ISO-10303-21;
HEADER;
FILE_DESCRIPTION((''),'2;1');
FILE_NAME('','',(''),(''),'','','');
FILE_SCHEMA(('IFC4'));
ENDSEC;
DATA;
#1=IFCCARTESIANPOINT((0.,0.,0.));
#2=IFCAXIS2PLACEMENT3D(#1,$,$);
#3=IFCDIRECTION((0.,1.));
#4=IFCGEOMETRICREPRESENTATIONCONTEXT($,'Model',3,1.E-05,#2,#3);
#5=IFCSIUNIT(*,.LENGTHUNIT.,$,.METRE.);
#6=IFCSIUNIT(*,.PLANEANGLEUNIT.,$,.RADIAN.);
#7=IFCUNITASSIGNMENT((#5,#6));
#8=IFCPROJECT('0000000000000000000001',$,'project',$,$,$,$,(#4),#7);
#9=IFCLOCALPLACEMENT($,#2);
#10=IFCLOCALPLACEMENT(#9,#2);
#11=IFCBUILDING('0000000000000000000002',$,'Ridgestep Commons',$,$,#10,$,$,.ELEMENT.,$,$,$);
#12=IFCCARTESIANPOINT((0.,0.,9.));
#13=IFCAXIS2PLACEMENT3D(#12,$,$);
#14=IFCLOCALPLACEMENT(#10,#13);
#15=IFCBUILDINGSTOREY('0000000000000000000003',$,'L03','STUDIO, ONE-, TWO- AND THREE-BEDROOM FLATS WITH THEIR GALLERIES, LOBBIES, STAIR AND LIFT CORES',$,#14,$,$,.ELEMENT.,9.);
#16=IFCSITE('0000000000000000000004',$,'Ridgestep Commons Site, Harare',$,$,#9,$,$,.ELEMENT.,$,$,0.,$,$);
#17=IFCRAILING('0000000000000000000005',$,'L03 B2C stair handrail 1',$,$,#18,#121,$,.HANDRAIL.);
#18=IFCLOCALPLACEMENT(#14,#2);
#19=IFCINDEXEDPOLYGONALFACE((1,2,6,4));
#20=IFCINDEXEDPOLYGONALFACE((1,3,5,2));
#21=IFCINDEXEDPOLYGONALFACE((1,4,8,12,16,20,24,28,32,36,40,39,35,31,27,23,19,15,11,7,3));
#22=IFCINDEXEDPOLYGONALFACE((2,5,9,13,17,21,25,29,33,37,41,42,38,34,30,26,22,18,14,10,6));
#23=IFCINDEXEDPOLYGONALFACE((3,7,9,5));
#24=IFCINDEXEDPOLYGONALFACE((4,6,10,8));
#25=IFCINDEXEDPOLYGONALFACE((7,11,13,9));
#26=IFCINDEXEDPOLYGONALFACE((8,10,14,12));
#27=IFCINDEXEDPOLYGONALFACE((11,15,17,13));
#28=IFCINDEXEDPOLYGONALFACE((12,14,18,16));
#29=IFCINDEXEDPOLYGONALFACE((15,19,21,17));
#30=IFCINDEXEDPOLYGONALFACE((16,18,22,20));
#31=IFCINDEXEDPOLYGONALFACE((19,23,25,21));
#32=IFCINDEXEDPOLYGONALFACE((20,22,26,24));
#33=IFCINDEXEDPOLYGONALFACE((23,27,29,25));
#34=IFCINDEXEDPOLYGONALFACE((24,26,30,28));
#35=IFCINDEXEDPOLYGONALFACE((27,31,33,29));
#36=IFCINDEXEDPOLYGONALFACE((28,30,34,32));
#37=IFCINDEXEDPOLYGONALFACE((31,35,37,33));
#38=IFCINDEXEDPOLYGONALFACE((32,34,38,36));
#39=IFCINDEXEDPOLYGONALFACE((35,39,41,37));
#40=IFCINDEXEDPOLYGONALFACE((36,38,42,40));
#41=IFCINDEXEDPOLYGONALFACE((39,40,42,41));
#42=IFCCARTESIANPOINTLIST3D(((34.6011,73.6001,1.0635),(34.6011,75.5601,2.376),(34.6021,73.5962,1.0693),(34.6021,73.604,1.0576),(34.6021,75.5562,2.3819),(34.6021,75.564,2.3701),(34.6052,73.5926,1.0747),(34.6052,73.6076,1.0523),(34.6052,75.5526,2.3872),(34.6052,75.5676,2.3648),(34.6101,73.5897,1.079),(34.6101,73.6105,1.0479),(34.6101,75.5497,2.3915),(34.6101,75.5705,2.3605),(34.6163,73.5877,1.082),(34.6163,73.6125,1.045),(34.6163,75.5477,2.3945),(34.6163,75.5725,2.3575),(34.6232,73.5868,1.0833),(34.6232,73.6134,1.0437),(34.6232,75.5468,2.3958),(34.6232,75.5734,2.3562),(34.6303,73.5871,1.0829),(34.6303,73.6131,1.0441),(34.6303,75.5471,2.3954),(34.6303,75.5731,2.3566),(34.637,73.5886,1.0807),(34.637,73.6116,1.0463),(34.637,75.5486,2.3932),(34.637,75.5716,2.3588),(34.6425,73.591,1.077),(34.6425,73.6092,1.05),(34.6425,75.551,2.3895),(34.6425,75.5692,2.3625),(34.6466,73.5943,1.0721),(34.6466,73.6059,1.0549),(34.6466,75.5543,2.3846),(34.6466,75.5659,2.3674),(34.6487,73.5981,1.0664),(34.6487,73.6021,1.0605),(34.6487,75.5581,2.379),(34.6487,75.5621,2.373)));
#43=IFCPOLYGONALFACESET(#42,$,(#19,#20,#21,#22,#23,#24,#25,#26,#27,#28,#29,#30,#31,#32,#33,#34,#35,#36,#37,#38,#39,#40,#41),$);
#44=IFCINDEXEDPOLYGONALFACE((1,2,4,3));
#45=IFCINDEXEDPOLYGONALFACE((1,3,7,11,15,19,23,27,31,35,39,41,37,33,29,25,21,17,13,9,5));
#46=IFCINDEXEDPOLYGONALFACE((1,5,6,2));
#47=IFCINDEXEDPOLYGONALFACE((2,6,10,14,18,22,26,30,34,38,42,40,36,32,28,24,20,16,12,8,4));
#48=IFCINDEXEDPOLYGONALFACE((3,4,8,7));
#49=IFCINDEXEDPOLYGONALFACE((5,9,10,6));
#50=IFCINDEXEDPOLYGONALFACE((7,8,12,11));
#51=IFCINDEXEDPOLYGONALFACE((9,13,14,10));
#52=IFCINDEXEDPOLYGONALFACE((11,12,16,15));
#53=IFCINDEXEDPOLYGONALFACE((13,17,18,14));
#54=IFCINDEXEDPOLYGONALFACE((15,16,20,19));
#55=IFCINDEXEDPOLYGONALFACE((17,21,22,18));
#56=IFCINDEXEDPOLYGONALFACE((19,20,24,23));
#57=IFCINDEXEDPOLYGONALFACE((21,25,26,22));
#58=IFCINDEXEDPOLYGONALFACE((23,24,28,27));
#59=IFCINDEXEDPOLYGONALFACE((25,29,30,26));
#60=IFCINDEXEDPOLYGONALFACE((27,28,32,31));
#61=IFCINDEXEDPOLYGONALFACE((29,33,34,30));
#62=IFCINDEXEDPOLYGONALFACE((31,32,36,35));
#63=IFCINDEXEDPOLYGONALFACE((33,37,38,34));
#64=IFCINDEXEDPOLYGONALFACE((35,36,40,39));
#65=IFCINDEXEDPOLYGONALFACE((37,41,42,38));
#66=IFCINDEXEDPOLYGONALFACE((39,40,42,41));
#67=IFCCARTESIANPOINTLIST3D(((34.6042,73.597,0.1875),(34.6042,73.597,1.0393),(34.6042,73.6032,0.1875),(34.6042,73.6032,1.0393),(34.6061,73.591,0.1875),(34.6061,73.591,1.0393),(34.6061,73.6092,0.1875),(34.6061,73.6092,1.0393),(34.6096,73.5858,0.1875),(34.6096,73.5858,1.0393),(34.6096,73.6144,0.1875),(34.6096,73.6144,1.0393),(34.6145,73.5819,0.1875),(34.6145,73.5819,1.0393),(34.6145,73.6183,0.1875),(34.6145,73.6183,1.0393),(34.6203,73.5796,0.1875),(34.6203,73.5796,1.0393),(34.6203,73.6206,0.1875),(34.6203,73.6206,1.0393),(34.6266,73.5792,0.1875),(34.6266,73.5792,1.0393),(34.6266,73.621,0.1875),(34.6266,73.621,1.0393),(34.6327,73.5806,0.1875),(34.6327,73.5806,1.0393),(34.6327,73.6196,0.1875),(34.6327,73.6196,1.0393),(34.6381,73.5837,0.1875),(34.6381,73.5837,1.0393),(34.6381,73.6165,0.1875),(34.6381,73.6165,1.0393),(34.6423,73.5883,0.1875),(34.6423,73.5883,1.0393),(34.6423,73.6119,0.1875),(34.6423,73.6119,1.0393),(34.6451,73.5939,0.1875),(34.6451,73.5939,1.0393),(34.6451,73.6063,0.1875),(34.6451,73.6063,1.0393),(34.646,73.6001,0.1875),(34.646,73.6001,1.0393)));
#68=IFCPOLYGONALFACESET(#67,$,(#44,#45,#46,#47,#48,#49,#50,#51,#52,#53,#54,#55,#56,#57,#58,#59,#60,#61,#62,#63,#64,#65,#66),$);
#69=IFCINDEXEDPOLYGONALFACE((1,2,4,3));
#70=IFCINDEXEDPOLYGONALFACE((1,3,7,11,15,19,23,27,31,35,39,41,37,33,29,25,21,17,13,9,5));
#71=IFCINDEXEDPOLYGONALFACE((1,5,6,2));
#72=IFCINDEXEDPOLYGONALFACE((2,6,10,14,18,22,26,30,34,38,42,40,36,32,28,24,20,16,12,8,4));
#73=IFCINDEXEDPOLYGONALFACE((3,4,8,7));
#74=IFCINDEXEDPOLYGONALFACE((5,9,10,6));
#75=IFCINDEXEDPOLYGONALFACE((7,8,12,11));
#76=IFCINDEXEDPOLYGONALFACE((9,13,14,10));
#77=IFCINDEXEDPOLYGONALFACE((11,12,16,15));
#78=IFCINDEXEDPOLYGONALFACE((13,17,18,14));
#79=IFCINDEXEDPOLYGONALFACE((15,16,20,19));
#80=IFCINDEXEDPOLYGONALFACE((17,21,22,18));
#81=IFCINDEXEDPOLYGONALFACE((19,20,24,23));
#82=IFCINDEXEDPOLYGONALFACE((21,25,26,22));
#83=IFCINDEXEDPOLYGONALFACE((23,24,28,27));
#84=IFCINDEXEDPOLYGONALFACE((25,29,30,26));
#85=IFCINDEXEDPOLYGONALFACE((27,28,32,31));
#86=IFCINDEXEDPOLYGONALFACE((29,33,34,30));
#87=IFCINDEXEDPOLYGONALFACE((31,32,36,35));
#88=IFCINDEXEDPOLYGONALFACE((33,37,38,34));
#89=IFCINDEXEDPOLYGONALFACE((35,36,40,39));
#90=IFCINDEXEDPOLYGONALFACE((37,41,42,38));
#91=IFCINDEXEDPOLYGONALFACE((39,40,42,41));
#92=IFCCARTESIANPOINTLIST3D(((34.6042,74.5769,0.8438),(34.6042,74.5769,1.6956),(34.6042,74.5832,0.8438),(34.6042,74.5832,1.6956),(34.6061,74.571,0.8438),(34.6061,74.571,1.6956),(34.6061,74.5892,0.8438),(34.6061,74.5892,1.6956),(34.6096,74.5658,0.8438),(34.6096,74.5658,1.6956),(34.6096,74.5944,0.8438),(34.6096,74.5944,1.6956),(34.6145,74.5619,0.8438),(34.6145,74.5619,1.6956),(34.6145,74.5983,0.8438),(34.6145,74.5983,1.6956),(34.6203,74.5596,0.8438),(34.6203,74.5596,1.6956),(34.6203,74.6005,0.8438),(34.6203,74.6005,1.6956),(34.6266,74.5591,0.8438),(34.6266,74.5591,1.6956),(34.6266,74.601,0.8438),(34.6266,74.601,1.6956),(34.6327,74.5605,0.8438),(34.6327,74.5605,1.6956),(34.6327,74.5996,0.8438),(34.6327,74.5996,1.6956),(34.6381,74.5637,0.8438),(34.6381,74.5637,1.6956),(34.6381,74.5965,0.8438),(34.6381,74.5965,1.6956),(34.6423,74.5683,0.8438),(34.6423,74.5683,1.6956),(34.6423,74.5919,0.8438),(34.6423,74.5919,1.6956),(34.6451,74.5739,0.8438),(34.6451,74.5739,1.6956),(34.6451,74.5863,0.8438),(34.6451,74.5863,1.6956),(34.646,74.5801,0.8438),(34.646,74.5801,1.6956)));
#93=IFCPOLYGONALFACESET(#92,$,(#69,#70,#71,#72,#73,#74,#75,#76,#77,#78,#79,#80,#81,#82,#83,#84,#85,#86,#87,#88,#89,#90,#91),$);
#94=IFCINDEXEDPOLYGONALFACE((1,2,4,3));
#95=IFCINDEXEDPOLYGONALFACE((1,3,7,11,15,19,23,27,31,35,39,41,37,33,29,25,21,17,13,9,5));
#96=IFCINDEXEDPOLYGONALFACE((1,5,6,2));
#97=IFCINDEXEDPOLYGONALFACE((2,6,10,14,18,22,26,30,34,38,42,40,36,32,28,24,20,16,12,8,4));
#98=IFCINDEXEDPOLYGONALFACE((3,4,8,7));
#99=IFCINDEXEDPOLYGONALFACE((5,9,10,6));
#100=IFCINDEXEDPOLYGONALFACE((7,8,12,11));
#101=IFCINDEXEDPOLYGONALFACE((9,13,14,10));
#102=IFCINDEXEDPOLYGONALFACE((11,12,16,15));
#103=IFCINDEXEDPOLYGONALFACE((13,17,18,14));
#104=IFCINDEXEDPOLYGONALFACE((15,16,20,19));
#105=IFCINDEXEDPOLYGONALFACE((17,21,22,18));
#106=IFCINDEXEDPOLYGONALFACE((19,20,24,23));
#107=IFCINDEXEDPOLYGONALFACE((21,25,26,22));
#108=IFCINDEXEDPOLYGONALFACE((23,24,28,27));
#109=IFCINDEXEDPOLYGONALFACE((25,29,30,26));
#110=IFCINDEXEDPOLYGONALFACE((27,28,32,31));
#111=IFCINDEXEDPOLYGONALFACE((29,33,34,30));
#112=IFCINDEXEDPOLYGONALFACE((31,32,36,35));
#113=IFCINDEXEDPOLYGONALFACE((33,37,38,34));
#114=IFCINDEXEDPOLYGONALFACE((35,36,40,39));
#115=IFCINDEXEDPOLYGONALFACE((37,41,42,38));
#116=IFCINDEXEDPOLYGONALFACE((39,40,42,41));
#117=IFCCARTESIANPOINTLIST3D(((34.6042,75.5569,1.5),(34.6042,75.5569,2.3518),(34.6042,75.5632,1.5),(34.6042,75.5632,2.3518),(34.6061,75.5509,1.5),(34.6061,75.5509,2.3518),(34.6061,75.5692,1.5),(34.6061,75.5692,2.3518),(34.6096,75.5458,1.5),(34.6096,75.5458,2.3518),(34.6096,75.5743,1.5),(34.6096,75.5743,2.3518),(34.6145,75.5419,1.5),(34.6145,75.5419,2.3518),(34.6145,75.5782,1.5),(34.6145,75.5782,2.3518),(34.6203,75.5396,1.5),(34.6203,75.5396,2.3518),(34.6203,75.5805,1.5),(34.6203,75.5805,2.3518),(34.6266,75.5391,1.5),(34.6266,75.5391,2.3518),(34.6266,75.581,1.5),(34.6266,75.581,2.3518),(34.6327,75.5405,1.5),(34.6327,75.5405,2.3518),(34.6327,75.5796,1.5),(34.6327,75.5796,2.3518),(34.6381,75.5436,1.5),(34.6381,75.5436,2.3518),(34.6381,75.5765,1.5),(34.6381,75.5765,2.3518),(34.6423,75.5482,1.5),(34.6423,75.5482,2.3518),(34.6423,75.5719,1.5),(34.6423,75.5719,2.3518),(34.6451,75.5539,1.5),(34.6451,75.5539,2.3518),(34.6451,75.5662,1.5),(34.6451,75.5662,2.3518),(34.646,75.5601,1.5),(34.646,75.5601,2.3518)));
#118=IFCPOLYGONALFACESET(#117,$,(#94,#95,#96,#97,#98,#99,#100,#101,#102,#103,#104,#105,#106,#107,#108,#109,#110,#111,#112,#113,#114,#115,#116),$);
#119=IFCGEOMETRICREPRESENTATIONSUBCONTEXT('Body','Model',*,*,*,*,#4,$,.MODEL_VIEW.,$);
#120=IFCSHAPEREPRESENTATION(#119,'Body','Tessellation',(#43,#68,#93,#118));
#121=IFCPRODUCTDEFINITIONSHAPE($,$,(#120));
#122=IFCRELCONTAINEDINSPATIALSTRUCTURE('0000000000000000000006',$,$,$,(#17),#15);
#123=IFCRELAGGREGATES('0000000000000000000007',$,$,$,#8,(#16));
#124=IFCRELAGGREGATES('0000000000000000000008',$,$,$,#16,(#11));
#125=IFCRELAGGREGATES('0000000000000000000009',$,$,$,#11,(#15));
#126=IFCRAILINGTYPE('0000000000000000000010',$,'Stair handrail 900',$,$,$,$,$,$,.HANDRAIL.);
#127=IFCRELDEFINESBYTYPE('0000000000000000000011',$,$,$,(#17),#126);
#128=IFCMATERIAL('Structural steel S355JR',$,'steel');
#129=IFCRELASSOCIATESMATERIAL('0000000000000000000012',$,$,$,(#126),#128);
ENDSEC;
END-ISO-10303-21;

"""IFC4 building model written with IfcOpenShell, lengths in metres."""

from ifc_helpers import new_model, si_unit, direction, frame, origin, origin_2d, place, context, subcontext, project, spatial, circle, extrude, material, type_object, element, save


model = new_model("IFC4")

# Units and contexts
model_context = context("Model", 3, precision=1e-05, world=origin(), true_north=direction((0.0, 1.0)))
body_context = subcontext(model_context, "Body", "Model", "MODEL_VIEW")
ifc_project = project(units=[si_unit("LENGTHUNIT", "METRE"), si_unit("PLANEANGLEUNIT", "RADIAN")], contexts=[model_context])

# Site, building, storey
site_placement = place(None, origin())
site = spatial("IfcSite", under=ifc_project, at=site_placement, Name="Ridgestep Commons Site, Harare", CompositionType="ELEMENT", RefElevation=0.0)
building_placement = place(site_placement, origin())
building = spatial("IfcBuilding", under=site, at=building_placement, Name="Ridgestep Commons", CompositionType="ELEMENT")
storey_placement = place(building_placement, frame((0.0, 0.0, 9.0)))
storey = spatial("IfcBuildingStorey", under=building, at=storey_placement, Name="L03", Description="STUDIO, ONE-, TWO- AND THREE-BEDROOM FLATS WITH THEIR GALLERIES, LOBBIES, STAIR AND LIFT CORES", CompositionType="ELEMENT", Elevation=9.0)

# Railing
ifc_material_1 = material(Name="Structural steel S355JR", Category="steel")
railing_type_1 = type_object("IfcRailingType", Name="Stair handrail 900", PredefinedType="HANDRAIL", material=ifc_material_1)
railing_1_placement = place(storey_placement, frame((34.625, 73.6001, 0.1875)))
element("IfcRailing", 1, at=railing_1_placement, inside=storey, type_object=railing_type_1, Name="L03 B2C stair handrail 1", PredefinedType="HANDRAIL", context=body_context, shape_type="SweptSolid", body=[
    extrude(circle(Radius=0.0239, at=origin_2d()), frame((0.0, 0.0, 0.876), z_axis=(0.0, 0.830902, 0.556419), x_axis=(-1.0, 0.0, 0.0)), (0.0, 0.0, 1.0), 2.3589),
    extrude(circle(Radius=0.021, at=origin_2d()), origin(), (0.0, 0.0, 1.0), 0.8518),
    extrude(circle(Radius=0.021, at=origin_2d()), frame((0.0, 0.98, 0.6562)), (0.0, 0.0, 1.0), 0.8518),
    extrude(circle(Radius=0.021, at=origin_2d()), frame((0.0, 1.96, 1.3125)), (0.0, 0.0, 1.0), 0.8518),
])

save(model, "model.ifc")
